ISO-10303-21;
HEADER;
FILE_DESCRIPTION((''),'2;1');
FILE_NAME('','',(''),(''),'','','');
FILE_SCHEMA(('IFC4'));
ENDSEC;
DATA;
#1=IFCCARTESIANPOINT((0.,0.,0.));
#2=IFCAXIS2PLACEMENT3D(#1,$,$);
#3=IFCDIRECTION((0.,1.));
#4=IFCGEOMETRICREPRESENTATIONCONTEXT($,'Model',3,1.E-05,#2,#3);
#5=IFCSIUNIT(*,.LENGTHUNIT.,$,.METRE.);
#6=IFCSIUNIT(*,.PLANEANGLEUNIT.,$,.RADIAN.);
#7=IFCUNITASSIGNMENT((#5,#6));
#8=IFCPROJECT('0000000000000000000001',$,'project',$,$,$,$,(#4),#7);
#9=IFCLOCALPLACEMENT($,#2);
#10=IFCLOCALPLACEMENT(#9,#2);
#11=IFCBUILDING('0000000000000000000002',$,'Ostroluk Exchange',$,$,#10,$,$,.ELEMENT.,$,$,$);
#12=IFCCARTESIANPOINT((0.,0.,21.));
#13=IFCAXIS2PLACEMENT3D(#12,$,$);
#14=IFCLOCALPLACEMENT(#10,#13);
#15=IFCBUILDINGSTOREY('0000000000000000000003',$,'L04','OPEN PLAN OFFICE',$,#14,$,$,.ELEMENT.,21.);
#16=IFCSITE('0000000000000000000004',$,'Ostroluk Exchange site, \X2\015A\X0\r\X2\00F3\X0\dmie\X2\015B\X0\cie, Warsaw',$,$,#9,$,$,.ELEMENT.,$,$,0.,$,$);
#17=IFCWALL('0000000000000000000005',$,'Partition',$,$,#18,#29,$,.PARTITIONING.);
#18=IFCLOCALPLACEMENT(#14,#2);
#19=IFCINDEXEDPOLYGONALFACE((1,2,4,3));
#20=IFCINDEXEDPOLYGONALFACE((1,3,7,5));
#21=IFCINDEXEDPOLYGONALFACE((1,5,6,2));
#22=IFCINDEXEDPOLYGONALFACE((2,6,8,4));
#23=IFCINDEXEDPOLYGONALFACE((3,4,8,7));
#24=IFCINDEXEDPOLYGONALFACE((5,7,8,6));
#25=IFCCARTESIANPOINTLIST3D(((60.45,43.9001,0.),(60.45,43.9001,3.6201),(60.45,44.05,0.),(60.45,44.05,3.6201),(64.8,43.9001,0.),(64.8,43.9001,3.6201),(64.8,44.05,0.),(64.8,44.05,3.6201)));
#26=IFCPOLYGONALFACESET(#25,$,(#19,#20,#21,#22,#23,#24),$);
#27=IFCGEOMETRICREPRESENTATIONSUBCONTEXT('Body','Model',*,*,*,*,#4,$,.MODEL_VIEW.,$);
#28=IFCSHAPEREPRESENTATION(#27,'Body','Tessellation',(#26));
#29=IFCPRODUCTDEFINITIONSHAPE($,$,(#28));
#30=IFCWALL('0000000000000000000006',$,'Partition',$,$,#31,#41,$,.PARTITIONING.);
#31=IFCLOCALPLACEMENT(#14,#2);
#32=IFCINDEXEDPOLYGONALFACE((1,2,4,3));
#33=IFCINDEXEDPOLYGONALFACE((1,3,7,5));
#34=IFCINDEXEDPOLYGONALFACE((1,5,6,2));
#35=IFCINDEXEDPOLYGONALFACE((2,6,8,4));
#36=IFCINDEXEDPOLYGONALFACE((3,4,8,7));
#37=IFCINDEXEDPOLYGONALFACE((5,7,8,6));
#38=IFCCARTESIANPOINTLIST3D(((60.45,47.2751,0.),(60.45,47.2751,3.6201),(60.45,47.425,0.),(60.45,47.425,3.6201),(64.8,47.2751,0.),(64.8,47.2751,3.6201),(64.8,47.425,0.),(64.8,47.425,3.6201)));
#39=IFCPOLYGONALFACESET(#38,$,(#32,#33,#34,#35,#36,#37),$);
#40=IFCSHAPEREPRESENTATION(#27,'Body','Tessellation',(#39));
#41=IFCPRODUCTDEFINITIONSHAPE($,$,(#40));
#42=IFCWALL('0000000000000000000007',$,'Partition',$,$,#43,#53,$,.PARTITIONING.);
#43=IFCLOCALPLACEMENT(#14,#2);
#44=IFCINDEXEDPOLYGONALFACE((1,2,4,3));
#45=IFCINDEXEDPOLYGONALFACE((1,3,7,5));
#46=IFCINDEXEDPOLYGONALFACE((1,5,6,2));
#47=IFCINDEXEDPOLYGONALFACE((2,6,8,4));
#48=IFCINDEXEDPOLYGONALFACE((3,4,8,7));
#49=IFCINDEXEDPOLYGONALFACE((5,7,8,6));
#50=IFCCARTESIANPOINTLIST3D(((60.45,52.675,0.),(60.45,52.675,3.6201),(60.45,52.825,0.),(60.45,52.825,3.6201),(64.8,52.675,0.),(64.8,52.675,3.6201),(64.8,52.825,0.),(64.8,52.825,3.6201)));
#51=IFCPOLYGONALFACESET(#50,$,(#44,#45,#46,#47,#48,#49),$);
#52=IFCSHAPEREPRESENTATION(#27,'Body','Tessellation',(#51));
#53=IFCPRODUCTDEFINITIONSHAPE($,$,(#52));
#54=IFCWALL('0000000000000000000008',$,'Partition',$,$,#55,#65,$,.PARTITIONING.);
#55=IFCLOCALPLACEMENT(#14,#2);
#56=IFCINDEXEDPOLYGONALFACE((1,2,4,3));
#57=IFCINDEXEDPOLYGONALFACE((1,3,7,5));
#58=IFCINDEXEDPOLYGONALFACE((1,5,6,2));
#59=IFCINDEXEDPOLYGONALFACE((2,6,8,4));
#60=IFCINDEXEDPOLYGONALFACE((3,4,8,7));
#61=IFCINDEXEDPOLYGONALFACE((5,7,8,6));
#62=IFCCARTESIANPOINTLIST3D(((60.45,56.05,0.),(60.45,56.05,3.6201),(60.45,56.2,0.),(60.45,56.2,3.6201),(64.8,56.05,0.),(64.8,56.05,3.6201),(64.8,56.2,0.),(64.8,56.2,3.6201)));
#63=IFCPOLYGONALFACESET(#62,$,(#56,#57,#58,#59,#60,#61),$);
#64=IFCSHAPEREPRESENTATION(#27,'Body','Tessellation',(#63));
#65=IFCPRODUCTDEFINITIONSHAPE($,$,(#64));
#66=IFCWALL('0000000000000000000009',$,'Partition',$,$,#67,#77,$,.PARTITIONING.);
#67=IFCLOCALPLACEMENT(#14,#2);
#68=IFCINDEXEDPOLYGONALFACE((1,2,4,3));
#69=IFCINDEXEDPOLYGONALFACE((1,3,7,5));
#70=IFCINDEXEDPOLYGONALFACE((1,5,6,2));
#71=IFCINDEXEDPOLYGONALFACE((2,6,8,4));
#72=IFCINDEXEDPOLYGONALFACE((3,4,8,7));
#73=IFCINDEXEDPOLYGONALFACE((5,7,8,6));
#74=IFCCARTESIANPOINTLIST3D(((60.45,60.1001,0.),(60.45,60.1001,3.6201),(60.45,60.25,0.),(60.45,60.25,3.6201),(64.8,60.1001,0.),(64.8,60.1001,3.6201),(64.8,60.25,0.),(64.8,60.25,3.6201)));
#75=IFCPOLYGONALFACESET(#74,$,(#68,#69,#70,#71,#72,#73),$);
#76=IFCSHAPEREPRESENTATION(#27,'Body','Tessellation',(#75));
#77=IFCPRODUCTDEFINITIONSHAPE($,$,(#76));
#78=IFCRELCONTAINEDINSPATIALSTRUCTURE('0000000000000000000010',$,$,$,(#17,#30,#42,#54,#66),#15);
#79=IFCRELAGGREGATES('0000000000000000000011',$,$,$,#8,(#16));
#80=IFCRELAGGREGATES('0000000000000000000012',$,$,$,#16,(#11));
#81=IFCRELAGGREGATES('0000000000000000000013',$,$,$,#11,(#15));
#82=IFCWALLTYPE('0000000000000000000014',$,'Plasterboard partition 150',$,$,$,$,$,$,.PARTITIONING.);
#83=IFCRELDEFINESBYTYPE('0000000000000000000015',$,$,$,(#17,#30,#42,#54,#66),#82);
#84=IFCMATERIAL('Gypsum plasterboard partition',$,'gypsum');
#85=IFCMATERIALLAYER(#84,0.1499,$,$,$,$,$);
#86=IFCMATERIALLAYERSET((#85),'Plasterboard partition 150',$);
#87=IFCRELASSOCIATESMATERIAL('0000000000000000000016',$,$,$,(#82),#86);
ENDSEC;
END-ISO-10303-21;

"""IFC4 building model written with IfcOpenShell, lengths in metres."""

from ifc_helpers import new_model, si_unit, direction, frame, frame_2d, origin, place, context, subcontext, project, spatial, rectangle, extrude, material, layer, layer_set, type_object, element, save


model = new_model("IFC4")

# Units and contexts
model_context = context("Model", 3, precision=1e-05, world=origin(), true_north=direction((0.0, 1.0)))
body_context = subcontext(model_context, "Body", "Model", "MODEL_VIEW")
ifc_project = project(units=[si_unit("LENGTHUNIT", "METRE"), si_unit("PLANEANGLEUNIT", "RADIAN")], contexts=[model_context])

# Site, building, storey
site_placement = place(None, origin())
site = spatial("IfcSite", under=ifc_project, at=site_placement, Name="Ostroluk Exchange site, Śródmieście, Warsaw", CompositionType="ELEMENT", RefElevation=0.0)
building_placement = place(site_placement, origin())
building = spatial("IfcBuilding", under=site, at=building_placement, Name="Ostroluk Exchange", CompositionType="ELEMENT")
storey_placement = place(building_placement, frame((0.0, 0.0, 21.0)))
storey = spatial("IfcBuildingStorey", under=building, at=storey_placement, Name="L04", Description="OPEN PLAN OFFICE", CompositionType="ELEMENT", Elevation=21.0)

# Walls
ifc_material_1 = material(Name="Gypsum plasterboard partition", Category="gypsum")
ifc_layer_1 = layer(ifc_material_1, 0.1499)
ifc_layer_set_1 = layer_set([ifc_layer_1], Name="Plasterboard partition 150")
wall_type = type_object("IfcWallType", Name="Plasterboard partition 150", PredefinedType="PARTITIONING", material=ifc_layer_set_1)
for number, where, z_axis, x_axis, name in (
    (1, (60.45, 43.9751, 0.0), (0.0, 0.0, 1.0), (1.0, 0.0, 0.0), "Partition"),
    (2, (60.45, 47.3501, 0.0), (0.0, 0.0, 1.0), (1.0, 0.0, 0.0), "Partition"),
    (3, (60.45, 52.75, 0.0), (0.0, 0.0, 1.0), (1.0, 0.0, 0.0), "Partition"),
    (4, (60.45, 56.125, 0.0), (0.0, 0.0, 1.0), (1.0, 0.0, 0.0), "Partition"),
    (5, (60.45, 60.175, 0.0), (0.0, 0.0, 1.0), (1.0, 0.0, 0.0), "Partition"),
):
    element("IfcWall", number, at=place(storey_placement, frame(where, z_axis=z_axis, x_axis=x_axis)), inside=storey, type_object=wall_type, Name=name, PredefinedType="PARTITIONING", context=body_context, shape_type="SweptSolid", body=[
        extrude(rectangle(XDim=4.3501, YDim=0.1499, at=frame_2d((2.175, 0.0))), origin(), (0.0, 0.0, 1.0), 3.6201),
    ])

save(model, "model.ifc")
